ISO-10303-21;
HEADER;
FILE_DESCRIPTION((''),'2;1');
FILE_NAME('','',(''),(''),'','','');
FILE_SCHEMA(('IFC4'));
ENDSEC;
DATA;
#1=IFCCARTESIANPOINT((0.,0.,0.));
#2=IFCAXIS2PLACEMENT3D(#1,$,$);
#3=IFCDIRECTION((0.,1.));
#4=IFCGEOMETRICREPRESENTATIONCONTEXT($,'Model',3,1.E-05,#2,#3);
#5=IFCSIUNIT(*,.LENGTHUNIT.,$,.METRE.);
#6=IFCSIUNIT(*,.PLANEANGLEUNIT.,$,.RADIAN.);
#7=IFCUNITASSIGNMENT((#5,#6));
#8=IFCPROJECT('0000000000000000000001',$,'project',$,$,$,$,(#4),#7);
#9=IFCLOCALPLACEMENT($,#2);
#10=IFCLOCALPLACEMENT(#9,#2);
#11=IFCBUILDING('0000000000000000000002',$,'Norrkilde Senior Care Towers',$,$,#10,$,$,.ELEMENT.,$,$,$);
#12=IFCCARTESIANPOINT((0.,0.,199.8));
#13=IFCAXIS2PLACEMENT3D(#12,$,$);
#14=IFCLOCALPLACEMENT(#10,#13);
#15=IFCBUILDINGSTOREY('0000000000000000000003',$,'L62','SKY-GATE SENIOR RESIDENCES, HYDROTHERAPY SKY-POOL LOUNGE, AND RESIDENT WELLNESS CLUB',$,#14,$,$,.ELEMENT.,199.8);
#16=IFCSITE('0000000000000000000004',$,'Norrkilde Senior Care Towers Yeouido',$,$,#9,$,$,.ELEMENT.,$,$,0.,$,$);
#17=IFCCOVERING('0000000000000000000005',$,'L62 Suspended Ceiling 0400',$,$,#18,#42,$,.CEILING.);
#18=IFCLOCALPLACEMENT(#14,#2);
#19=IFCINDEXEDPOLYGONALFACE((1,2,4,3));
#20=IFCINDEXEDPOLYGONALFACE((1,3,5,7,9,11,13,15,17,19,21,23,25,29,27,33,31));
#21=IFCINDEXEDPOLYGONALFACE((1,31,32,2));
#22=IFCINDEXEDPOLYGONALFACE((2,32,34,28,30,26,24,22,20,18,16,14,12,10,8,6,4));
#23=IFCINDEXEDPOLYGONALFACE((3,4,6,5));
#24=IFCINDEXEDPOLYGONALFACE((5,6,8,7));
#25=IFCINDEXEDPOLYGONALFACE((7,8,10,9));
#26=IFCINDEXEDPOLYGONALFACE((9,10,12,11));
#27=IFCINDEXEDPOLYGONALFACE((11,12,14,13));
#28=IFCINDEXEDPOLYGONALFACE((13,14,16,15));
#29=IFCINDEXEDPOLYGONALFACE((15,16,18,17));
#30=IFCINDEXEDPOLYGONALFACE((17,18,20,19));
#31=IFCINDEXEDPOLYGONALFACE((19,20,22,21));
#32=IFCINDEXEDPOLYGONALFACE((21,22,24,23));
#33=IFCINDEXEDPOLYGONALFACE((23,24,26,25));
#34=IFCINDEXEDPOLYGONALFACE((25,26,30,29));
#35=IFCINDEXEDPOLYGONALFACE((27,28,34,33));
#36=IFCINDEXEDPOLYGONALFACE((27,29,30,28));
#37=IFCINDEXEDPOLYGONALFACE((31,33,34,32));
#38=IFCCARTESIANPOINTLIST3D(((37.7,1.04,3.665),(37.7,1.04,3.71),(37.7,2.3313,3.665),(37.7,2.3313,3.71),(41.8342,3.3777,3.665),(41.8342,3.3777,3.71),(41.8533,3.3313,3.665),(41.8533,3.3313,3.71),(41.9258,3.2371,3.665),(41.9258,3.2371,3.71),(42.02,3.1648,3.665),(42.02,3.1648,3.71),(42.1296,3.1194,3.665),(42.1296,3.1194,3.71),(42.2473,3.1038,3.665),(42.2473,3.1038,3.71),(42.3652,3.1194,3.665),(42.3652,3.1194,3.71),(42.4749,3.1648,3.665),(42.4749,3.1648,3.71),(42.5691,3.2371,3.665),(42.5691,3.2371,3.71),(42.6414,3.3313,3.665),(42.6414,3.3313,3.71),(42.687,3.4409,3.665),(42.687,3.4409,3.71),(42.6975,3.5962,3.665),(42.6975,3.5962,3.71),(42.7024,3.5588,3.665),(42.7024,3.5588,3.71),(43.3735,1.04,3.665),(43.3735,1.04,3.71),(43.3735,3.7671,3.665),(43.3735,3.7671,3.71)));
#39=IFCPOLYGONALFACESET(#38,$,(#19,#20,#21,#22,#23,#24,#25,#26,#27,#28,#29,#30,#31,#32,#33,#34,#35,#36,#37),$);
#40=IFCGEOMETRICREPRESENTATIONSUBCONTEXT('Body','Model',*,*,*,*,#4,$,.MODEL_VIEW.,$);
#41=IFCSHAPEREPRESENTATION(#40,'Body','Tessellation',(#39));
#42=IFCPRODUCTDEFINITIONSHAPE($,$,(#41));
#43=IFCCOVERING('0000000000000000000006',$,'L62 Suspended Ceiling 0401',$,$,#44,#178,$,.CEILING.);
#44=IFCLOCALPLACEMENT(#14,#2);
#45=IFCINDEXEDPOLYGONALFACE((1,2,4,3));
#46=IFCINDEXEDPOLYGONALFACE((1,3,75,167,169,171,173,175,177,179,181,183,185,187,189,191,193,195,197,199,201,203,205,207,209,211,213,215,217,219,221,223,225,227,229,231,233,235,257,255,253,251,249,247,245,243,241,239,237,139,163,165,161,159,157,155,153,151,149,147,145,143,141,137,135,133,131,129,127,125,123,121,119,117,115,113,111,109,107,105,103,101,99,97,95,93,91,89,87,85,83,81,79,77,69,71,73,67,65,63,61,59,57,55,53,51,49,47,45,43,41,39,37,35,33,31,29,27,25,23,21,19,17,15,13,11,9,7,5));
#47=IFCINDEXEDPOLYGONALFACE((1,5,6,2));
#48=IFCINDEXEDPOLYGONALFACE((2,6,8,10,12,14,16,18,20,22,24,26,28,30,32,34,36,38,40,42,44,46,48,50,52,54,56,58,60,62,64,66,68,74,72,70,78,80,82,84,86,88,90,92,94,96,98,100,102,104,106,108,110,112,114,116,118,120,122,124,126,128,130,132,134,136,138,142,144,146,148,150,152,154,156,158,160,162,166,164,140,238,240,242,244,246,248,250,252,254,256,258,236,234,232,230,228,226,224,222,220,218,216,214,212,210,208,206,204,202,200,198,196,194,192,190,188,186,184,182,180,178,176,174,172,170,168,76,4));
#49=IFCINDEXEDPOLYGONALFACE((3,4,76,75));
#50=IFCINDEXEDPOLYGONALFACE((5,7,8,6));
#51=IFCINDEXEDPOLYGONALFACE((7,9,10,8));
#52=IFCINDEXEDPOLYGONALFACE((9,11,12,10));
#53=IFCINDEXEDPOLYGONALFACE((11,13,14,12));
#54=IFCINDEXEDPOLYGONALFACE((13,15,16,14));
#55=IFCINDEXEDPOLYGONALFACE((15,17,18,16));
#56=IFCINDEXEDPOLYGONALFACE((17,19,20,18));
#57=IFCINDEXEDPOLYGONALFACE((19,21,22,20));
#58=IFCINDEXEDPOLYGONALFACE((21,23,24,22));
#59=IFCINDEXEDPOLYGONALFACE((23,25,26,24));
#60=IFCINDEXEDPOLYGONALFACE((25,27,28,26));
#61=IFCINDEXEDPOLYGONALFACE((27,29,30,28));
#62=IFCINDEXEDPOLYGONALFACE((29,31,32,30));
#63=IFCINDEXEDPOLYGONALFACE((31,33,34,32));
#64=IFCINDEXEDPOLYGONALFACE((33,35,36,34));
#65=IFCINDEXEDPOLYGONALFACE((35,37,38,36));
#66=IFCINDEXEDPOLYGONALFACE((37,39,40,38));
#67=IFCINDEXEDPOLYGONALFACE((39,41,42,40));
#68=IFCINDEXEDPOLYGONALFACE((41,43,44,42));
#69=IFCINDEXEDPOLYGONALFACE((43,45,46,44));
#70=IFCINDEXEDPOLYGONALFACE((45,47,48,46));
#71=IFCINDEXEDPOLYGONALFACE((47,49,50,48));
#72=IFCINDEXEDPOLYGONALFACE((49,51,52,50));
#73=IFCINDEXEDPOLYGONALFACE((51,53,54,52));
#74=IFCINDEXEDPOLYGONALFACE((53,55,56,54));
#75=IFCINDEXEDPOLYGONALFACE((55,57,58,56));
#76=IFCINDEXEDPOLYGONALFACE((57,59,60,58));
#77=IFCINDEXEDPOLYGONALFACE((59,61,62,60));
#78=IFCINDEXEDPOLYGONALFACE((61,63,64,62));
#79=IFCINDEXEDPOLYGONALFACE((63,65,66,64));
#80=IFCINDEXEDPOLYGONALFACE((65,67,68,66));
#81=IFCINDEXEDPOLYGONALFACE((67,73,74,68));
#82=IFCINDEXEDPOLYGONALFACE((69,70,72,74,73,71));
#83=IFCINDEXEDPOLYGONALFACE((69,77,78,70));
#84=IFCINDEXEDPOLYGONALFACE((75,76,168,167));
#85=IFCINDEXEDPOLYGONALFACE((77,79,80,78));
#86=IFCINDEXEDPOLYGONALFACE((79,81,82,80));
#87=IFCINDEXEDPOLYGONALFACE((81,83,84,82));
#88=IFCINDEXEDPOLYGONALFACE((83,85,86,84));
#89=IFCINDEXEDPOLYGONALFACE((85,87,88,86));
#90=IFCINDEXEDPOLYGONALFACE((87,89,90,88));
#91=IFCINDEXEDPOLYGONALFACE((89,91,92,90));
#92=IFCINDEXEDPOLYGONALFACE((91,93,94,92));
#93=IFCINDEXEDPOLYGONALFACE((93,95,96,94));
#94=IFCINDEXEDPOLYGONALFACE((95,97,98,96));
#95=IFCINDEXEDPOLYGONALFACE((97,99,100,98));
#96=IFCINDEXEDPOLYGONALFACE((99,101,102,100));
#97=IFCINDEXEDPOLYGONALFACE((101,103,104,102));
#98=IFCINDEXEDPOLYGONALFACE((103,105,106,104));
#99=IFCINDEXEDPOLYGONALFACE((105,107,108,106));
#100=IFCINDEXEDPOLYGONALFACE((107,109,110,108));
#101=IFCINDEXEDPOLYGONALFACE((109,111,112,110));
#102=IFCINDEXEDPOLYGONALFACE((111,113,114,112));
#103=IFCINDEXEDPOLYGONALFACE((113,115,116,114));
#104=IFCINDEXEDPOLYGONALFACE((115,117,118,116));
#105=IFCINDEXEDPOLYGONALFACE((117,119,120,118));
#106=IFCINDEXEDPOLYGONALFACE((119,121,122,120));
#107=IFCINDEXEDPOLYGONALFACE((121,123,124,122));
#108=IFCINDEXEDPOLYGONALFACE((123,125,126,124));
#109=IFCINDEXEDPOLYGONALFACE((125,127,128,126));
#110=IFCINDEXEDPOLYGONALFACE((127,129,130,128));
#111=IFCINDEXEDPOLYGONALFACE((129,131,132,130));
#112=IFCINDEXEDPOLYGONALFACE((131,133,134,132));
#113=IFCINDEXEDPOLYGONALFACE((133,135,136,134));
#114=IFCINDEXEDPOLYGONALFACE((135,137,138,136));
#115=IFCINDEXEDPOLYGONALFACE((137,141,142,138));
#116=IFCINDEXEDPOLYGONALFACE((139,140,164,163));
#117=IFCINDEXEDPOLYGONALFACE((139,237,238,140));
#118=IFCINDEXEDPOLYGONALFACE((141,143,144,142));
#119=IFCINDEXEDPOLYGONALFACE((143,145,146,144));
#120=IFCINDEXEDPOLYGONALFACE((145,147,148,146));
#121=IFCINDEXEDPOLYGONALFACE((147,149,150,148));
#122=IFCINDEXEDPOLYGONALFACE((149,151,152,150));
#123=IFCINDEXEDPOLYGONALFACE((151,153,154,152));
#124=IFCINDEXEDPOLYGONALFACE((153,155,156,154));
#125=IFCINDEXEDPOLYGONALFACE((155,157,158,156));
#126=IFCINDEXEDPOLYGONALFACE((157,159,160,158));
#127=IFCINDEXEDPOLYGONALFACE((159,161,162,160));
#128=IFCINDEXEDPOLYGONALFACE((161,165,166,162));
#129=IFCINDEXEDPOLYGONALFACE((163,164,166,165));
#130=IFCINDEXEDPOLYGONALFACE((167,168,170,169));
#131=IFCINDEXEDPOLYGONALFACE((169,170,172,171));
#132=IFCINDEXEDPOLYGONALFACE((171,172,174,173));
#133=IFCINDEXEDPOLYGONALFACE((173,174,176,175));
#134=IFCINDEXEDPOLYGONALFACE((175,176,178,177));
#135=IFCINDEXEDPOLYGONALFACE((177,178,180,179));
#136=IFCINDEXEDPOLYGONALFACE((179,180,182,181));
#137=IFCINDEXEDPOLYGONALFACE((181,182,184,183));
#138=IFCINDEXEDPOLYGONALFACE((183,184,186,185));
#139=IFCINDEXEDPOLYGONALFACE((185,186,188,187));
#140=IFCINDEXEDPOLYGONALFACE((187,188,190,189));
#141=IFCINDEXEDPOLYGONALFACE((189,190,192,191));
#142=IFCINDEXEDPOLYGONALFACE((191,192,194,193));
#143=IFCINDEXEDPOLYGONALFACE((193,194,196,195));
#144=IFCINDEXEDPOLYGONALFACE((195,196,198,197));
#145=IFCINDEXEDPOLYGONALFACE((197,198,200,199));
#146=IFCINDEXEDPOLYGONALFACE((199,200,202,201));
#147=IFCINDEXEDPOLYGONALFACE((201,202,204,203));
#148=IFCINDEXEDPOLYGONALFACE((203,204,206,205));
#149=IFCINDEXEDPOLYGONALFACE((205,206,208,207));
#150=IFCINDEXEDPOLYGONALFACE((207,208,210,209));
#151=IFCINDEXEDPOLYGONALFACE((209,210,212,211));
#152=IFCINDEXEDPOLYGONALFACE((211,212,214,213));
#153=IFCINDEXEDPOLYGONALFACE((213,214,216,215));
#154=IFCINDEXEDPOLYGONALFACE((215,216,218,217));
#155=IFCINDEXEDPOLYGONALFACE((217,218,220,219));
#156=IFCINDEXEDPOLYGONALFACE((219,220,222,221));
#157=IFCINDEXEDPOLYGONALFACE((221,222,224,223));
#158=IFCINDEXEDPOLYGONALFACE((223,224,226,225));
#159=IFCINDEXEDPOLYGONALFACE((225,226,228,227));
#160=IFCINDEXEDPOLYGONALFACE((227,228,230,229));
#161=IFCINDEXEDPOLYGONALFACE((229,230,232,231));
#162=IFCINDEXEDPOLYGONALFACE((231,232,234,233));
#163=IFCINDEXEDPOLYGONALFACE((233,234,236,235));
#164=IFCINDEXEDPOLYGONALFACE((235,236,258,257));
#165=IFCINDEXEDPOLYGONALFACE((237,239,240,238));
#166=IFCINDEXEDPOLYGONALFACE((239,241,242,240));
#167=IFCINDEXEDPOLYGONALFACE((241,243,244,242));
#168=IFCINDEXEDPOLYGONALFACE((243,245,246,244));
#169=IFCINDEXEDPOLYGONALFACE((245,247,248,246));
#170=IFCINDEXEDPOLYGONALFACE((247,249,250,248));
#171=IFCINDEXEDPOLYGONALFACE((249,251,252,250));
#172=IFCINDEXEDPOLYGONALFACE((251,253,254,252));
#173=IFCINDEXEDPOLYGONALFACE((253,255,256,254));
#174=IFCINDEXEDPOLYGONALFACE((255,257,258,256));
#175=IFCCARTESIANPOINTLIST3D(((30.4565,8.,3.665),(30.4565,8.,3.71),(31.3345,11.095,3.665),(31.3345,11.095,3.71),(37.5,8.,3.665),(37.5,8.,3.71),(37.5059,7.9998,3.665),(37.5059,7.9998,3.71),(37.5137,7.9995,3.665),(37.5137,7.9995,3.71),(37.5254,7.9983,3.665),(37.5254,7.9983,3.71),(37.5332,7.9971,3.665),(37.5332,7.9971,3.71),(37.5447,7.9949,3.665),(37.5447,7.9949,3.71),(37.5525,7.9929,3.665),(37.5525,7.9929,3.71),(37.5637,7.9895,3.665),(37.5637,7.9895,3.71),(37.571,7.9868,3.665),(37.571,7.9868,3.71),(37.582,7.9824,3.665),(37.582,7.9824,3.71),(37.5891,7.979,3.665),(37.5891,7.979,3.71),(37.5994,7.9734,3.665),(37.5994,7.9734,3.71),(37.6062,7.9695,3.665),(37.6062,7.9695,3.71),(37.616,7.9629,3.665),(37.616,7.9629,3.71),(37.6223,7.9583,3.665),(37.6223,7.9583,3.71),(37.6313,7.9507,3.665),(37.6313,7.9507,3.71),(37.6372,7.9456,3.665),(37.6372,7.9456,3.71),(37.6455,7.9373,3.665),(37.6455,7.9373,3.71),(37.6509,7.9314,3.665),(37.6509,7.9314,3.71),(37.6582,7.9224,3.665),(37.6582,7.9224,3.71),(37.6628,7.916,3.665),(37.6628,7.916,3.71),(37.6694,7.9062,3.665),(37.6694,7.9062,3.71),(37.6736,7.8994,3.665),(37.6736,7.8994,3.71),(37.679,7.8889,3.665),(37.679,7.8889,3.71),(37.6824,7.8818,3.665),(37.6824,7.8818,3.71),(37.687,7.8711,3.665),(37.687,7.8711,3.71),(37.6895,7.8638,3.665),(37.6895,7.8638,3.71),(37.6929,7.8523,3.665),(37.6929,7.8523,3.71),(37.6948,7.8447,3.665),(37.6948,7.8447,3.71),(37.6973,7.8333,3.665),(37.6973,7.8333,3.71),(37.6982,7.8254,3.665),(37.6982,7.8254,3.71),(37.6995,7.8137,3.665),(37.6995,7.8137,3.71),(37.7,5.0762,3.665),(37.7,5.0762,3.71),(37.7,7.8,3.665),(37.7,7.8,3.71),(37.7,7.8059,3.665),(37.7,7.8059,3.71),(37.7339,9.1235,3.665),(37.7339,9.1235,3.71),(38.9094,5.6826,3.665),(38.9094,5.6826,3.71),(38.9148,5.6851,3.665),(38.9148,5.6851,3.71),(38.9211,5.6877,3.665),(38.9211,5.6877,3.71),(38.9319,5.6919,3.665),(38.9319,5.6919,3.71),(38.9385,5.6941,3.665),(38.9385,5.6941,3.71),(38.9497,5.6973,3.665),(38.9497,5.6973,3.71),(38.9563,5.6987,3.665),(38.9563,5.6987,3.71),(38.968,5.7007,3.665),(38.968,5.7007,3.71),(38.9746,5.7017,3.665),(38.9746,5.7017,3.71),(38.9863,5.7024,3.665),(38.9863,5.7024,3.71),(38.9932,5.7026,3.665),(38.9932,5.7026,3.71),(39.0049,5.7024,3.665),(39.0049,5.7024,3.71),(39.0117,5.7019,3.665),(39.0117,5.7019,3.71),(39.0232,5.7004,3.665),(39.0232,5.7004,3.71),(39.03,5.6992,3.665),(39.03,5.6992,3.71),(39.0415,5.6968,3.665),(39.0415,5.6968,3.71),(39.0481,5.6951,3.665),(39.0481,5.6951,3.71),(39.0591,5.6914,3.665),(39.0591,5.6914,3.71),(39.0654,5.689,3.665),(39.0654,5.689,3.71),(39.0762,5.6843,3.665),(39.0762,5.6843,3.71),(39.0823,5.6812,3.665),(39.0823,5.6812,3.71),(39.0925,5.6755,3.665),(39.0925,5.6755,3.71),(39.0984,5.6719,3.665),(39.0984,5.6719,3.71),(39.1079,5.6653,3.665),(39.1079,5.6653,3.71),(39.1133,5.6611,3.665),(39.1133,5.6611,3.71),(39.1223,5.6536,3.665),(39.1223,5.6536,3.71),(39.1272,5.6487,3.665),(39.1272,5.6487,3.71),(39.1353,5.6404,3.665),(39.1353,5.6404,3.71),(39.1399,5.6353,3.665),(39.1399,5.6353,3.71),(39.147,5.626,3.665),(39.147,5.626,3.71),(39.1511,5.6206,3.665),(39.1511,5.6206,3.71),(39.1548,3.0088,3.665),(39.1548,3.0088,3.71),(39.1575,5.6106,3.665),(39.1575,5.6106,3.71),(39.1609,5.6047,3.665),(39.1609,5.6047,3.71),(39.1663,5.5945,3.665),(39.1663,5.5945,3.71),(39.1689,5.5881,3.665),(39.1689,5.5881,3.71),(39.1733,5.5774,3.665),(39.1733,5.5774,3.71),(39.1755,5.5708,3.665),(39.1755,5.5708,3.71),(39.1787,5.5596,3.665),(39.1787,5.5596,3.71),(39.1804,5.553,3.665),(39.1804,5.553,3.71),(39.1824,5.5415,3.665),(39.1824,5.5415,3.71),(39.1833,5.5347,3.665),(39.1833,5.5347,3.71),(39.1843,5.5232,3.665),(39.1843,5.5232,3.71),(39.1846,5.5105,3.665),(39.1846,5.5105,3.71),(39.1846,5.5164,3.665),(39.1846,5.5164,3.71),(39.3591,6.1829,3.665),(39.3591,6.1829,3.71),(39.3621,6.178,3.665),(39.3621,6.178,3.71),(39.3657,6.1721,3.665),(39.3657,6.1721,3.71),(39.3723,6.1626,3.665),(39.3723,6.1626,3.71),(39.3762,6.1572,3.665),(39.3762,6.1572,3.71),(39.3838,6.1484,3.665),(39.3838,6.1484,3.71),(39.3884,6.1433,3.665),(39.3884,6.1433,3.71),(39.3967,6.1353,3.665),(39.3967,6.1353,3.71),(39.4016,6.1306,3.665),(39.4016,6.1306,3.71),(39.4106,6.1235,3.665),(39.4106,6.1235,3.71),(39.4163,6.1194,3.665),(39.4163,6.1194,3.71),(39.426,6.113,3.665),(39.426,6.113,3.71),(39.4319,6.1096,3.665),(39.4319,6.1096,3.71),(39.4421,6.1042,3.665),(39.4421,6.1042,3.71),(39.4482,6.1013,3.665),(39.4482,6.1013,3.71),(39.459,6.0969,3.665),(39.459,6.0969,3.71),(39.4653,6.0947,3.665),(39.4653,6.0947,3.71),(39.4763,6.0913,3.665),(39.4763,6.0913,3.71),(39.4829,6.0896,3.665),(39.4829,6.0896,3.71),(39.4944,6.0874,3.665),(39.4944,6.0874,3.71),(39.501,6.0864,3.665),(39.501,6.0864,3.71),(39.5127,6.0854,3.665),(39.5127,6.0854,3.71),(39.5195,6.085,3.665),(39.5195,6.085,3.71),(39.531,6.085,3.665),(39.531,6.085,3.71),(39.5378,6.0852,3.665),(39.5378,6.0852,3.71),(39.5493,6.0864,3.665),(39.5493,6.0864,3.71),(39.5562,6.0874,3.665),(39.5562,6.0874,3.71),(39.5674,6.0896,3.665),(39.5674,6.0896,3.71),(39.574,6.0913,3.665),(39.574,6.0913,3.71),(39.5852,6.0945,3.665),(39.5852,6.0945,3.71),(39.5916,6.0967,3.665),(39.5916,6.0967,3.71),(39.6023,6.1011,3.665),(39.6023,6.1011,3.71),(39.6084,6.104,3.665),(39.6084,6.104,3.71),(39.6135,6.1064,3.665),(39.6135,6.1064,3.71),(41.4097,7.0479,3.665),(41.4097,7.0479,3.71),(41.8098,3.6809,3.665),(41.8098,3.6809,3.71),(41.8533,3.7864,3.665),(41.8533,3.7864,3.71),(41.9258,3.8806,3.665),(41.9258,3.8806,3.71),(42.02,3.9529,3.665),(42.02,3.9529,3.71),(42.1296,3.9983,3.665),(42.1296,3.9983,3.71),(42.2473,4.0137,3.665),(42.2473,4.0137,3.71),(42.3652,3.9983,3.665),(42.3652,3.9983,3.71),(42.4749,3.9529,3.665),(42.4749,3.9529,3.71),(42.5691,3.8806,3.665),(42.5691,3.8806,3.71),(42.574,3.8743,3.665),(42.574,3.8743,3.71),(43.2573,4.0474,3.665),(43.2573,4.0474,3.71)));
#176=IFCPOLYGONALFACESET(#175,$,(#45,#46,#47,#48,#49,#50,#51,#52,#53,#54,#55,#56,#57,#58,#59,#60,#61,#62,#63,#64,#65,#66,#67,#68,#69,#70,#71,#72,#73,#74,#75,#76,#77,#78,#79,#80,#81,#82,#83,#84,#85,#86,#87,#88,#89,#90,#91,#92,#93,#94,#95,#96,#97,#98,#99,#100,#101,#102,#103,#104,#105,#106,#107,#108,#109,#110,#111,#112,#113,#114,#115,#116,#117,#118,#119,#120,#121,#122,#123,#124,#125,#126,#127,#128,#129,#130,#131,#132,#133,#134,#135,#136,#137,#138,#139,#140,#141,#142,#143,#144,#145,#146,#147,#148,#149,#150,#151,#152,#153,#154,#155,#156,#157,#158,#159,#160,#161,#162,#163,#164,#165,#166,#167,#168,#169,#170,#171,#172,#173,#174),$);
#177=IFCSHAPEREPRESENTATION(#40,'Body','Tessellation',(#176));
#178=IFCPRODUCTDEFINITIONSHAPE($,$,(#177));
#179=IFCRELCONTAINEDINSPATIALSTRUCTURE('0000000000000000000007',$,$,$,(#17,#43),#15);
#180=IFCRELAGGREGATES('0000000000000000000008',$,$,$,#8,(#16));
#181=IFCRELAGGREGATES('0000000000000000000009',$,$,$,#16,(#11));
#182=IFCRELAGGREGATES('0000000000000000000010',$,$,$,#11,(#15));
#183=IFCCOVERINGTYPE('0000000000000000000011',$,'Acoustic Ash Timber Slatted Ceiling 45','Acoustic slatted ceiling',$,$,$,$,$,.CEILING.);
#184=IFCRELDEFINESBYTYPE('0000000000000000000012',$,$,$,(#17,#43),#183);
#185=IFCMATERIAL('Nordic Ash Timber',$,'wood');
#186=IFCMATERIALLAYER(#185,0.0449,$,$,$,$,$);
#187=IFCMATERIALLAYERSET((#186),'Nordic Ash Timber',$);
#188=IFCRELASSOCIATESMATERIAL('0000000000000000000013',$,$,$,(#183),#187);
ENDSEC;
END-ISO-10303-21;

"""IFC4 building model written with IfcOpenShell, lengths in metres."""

from ifc_helpers import new_model, si_unit, direction, frame, origin, place, context, subcontext, project, spatial, polyline, outline, extrude, material, layer, layer_set, type_object, element, save


model = new_model("IFC4")

# Units and contexts
model_context = context("Model", 3, precision=1e-05, world=origin(), true_north=direction((0.0, 1.0)))
body_context = subcontext(model_context, "Body", "Model", "MODEL_VIEW")
ifc_project = project(units=[si_unit("LENGTHUNIT", "METRE"), si_unit("PLANEANGLEUNIT", "RADIAN")], contexts=[model_context])

# Site, building, storey
site_placement = place(None, origin())
site = spatial("IfcSite", under=ifc_project, at=site_placement, Name="Norrkilde Senior Care Towers Yeouido", CompositionType="ELEMENT", RefElevation=0.0)
building_placement = place(site_placement, origin())
building = spatial("IfcBuilding", under=site, at=building_placement, Name="Norrkilde Senior Care Towers", CompositionType="ELEMENT")
storey_placement = place(building_placement, frame((0.0, 0.0, 199.8)))
storey = spatial("IfcBuildingStorey", under=building, at=storey_placement, Name="L62", Description="SKY-GATE SENIOR RESIDENCES, HYDROTHERAPY SKY-POOL LOUNGE, AND RESIDENT WELLNESS CLUB", CompositionType="ELEMENT", Elevation=199.8)

# Coverings
ifc_material_1 = material(Name="Nordic Ash Timber", Category="wood")
ifc_layer_1 = layer(ifc_material_1, 0.0449)
ifc_layer_set_1 = layer_set([ifc_layer_1], Name="Nordic Ash Timber")
covering_type_1 = type_object("IfcCoveringType", Name="Acoustic Ash Timber Slatted Ceiling 45", Description="Acoustic slatted ceiling", PredefinedType="CEILING", material=ifc_layer_set_1)
covering_1_placement = place(storey_placement, frame((0.0, 0.0, 3.665)))
element("IfcCovering", 1, at=covering_1_placement, inside=storey, type_object=covering_type_1, Name="L62 Suspended Ceiling 0400", PredefinedType="CEILING", context=body_context, shape_type="SweptSolid", body=[
    extrude(outline(polyline([(43.3735, 1.04), (37.7, 1.04), (37.7, 2.3313), (41.8342, 3.3777), (41.8533, 3.3313), (41.9258, 3.2371), (42.02, 3.1648), (42.1296, 3.1194), (42.2473, 3.1038), (42.3652, 3.1194), (42.4749, 3.1648), (42.5691, 3.2371), (42.6414, 3.3313), (42.687, 3.4409), (42.7024, 3.5588), (42.6975, 3.5962), (43.3735, 3.7671), (43.3735, 1.04)])), origin(), (0.0, 0.0, 1.0), 0.0449),
])
covering_2_placement = place(storey_placement, frame((0.0, 0.0, 3.665)))
element("IfcCovering", 2, at=covering_2_placement, inside=storey, type_object=covering_type_1, Name="L62 Suspended Ceiling 0401", PredefinedType="CEILING", context=body_context, shape_type="SweptSolid", body=[
    extrude(outline(polyline([(39.1804, 5.553), (39.1787, 5.5596), (39.1755, 5.5708), (39.1733, 5.5774), (39.1689, 5.5881), (39.1663, 5.5945), (39.1609, 5.6047), (39.1575, 5.6106), (39.1511, 5.6206), (39.147, 5.626), (39.1399, 5.6353), (39.1353, 5.6404), (39.1272, 5.6487), (39.1223, 5.6536), (39.1133, 5.6611), (39.1079, 5.6653), (39.0984, 5.6719), (39.0925, 5.6755), (39.0823, 5.6812), (39.0762, 5.6843), (39.0654, 5.689), (39.0591, 5.6914), (39.0481, 5.6951), (39.0415, 5.6968), (39.03, 5.6992), (39.0232, 5.7004), (39.0117, 5.7019), (39.0049, 5.7024), (38.9932, 5.7026), (38.9863, 5.7024), (38.9746, 5.7017), (38.968, 5.7007), (38.9563, 5.6987), (38.9497, 5.6973), (38.9385, 5.6941), (38.9319, 5.6919), (38.9211, 5.6877), (38.9148, 5.6851), (38.9094, 5.6826), (37.7, 5.0762), (37.7, 7.8), (37.7, 7.8059), (37.6995, 7.8137), (37.6982, 7.8254), (37.6973, 7.8333), (37.6948, 7.8447), (37.6929, 7.8523), (37.6895, 7.8638), (37.687, 7.8711), (37.6824, 7.8818), (37.679, 7.8889), (37.6736, 7.8994), (37.6694, 7.9062), (37.6628, 7.916), (37.6582, 7.9224), (37.6509, 7.9314), (37.6455, 7.9373), (37.6372, 7.9456), (37.6313, 7.9507), (37.6223, 7.9583), (37.616, 7.9629), (37.6062, 7.9695), (37.5994, 7.9734), (37.5891, 7.979), (37.582, 7.9824), (37.571, 7.9868), (37.5637, 7.9895), (37.5525, 7.9929), (37.5447, 7.9949), (37.5332, 7.9971), (37.5254, 7.9983), (37.5137, 7.9995), (37.5059, 7.9998), (37.5, 8.0), (30.4565, 8.0), (31.3345, 11.095), (37.7339, 9.1235), (39.3591, 6.1829), (39.3621, 6.178), (39.3657, 6.1721), (39.3723, 6.1626), (39.3762, 6.1572), (39.3838, 6.1484), (39.3884, 6.1433), (39.3967, 6.1353), (39.4016, 6.1306), (39.4106, 6.1235), (39.4163, 6.1194), (39.426, 6.113), (39.4319, 6.1096), (39.4421, 6.1042), (39.4482, 6.1013), (39.459, 6.0969), (39.4653, 6.0947), (39.4763, 6.0913), (39.4829, 6.0896), (39.4944, 6.0874), (39.501, 6.0864), (39.5127, 6.0854), (39.5195, 6.085), (39.531, 6.085), (39.5378, 6.0852), (39.5493, 6.0864), (39.5562, 6.0874), (39.5674, 6.0896), (39.574, 6.0913), (39.5852, 6.0945), (39.5916, 6.0967), (39.6023, 6.1011), (39.6084, 6.104), (39.6135, 6.1064), (41.4097, 7.0479), (43.2573, 4.0474), (42.574, 3.8743), (42.5691, 3.8806), (42.4749, 3.9529), (42.3652, 3.9983), (42.2473, 4.0137), (42.1296, 3.9983), (42.02, 3.9529), (41.9258, 3.8806), (41.8533, 3.7864), (41.8098, 3.6809), (39.1548, 3.0088), (39.1846, 5.5105), (39.1846, 5.5164), (39.1843, 5.5232), (39.1833, 5.5347), (39.1824, 5.5415), (39.1804, 5.553)])), origin(), (0.0, 0.0, 1.0), 0.0449),
])

save(model, "model.ifc")
